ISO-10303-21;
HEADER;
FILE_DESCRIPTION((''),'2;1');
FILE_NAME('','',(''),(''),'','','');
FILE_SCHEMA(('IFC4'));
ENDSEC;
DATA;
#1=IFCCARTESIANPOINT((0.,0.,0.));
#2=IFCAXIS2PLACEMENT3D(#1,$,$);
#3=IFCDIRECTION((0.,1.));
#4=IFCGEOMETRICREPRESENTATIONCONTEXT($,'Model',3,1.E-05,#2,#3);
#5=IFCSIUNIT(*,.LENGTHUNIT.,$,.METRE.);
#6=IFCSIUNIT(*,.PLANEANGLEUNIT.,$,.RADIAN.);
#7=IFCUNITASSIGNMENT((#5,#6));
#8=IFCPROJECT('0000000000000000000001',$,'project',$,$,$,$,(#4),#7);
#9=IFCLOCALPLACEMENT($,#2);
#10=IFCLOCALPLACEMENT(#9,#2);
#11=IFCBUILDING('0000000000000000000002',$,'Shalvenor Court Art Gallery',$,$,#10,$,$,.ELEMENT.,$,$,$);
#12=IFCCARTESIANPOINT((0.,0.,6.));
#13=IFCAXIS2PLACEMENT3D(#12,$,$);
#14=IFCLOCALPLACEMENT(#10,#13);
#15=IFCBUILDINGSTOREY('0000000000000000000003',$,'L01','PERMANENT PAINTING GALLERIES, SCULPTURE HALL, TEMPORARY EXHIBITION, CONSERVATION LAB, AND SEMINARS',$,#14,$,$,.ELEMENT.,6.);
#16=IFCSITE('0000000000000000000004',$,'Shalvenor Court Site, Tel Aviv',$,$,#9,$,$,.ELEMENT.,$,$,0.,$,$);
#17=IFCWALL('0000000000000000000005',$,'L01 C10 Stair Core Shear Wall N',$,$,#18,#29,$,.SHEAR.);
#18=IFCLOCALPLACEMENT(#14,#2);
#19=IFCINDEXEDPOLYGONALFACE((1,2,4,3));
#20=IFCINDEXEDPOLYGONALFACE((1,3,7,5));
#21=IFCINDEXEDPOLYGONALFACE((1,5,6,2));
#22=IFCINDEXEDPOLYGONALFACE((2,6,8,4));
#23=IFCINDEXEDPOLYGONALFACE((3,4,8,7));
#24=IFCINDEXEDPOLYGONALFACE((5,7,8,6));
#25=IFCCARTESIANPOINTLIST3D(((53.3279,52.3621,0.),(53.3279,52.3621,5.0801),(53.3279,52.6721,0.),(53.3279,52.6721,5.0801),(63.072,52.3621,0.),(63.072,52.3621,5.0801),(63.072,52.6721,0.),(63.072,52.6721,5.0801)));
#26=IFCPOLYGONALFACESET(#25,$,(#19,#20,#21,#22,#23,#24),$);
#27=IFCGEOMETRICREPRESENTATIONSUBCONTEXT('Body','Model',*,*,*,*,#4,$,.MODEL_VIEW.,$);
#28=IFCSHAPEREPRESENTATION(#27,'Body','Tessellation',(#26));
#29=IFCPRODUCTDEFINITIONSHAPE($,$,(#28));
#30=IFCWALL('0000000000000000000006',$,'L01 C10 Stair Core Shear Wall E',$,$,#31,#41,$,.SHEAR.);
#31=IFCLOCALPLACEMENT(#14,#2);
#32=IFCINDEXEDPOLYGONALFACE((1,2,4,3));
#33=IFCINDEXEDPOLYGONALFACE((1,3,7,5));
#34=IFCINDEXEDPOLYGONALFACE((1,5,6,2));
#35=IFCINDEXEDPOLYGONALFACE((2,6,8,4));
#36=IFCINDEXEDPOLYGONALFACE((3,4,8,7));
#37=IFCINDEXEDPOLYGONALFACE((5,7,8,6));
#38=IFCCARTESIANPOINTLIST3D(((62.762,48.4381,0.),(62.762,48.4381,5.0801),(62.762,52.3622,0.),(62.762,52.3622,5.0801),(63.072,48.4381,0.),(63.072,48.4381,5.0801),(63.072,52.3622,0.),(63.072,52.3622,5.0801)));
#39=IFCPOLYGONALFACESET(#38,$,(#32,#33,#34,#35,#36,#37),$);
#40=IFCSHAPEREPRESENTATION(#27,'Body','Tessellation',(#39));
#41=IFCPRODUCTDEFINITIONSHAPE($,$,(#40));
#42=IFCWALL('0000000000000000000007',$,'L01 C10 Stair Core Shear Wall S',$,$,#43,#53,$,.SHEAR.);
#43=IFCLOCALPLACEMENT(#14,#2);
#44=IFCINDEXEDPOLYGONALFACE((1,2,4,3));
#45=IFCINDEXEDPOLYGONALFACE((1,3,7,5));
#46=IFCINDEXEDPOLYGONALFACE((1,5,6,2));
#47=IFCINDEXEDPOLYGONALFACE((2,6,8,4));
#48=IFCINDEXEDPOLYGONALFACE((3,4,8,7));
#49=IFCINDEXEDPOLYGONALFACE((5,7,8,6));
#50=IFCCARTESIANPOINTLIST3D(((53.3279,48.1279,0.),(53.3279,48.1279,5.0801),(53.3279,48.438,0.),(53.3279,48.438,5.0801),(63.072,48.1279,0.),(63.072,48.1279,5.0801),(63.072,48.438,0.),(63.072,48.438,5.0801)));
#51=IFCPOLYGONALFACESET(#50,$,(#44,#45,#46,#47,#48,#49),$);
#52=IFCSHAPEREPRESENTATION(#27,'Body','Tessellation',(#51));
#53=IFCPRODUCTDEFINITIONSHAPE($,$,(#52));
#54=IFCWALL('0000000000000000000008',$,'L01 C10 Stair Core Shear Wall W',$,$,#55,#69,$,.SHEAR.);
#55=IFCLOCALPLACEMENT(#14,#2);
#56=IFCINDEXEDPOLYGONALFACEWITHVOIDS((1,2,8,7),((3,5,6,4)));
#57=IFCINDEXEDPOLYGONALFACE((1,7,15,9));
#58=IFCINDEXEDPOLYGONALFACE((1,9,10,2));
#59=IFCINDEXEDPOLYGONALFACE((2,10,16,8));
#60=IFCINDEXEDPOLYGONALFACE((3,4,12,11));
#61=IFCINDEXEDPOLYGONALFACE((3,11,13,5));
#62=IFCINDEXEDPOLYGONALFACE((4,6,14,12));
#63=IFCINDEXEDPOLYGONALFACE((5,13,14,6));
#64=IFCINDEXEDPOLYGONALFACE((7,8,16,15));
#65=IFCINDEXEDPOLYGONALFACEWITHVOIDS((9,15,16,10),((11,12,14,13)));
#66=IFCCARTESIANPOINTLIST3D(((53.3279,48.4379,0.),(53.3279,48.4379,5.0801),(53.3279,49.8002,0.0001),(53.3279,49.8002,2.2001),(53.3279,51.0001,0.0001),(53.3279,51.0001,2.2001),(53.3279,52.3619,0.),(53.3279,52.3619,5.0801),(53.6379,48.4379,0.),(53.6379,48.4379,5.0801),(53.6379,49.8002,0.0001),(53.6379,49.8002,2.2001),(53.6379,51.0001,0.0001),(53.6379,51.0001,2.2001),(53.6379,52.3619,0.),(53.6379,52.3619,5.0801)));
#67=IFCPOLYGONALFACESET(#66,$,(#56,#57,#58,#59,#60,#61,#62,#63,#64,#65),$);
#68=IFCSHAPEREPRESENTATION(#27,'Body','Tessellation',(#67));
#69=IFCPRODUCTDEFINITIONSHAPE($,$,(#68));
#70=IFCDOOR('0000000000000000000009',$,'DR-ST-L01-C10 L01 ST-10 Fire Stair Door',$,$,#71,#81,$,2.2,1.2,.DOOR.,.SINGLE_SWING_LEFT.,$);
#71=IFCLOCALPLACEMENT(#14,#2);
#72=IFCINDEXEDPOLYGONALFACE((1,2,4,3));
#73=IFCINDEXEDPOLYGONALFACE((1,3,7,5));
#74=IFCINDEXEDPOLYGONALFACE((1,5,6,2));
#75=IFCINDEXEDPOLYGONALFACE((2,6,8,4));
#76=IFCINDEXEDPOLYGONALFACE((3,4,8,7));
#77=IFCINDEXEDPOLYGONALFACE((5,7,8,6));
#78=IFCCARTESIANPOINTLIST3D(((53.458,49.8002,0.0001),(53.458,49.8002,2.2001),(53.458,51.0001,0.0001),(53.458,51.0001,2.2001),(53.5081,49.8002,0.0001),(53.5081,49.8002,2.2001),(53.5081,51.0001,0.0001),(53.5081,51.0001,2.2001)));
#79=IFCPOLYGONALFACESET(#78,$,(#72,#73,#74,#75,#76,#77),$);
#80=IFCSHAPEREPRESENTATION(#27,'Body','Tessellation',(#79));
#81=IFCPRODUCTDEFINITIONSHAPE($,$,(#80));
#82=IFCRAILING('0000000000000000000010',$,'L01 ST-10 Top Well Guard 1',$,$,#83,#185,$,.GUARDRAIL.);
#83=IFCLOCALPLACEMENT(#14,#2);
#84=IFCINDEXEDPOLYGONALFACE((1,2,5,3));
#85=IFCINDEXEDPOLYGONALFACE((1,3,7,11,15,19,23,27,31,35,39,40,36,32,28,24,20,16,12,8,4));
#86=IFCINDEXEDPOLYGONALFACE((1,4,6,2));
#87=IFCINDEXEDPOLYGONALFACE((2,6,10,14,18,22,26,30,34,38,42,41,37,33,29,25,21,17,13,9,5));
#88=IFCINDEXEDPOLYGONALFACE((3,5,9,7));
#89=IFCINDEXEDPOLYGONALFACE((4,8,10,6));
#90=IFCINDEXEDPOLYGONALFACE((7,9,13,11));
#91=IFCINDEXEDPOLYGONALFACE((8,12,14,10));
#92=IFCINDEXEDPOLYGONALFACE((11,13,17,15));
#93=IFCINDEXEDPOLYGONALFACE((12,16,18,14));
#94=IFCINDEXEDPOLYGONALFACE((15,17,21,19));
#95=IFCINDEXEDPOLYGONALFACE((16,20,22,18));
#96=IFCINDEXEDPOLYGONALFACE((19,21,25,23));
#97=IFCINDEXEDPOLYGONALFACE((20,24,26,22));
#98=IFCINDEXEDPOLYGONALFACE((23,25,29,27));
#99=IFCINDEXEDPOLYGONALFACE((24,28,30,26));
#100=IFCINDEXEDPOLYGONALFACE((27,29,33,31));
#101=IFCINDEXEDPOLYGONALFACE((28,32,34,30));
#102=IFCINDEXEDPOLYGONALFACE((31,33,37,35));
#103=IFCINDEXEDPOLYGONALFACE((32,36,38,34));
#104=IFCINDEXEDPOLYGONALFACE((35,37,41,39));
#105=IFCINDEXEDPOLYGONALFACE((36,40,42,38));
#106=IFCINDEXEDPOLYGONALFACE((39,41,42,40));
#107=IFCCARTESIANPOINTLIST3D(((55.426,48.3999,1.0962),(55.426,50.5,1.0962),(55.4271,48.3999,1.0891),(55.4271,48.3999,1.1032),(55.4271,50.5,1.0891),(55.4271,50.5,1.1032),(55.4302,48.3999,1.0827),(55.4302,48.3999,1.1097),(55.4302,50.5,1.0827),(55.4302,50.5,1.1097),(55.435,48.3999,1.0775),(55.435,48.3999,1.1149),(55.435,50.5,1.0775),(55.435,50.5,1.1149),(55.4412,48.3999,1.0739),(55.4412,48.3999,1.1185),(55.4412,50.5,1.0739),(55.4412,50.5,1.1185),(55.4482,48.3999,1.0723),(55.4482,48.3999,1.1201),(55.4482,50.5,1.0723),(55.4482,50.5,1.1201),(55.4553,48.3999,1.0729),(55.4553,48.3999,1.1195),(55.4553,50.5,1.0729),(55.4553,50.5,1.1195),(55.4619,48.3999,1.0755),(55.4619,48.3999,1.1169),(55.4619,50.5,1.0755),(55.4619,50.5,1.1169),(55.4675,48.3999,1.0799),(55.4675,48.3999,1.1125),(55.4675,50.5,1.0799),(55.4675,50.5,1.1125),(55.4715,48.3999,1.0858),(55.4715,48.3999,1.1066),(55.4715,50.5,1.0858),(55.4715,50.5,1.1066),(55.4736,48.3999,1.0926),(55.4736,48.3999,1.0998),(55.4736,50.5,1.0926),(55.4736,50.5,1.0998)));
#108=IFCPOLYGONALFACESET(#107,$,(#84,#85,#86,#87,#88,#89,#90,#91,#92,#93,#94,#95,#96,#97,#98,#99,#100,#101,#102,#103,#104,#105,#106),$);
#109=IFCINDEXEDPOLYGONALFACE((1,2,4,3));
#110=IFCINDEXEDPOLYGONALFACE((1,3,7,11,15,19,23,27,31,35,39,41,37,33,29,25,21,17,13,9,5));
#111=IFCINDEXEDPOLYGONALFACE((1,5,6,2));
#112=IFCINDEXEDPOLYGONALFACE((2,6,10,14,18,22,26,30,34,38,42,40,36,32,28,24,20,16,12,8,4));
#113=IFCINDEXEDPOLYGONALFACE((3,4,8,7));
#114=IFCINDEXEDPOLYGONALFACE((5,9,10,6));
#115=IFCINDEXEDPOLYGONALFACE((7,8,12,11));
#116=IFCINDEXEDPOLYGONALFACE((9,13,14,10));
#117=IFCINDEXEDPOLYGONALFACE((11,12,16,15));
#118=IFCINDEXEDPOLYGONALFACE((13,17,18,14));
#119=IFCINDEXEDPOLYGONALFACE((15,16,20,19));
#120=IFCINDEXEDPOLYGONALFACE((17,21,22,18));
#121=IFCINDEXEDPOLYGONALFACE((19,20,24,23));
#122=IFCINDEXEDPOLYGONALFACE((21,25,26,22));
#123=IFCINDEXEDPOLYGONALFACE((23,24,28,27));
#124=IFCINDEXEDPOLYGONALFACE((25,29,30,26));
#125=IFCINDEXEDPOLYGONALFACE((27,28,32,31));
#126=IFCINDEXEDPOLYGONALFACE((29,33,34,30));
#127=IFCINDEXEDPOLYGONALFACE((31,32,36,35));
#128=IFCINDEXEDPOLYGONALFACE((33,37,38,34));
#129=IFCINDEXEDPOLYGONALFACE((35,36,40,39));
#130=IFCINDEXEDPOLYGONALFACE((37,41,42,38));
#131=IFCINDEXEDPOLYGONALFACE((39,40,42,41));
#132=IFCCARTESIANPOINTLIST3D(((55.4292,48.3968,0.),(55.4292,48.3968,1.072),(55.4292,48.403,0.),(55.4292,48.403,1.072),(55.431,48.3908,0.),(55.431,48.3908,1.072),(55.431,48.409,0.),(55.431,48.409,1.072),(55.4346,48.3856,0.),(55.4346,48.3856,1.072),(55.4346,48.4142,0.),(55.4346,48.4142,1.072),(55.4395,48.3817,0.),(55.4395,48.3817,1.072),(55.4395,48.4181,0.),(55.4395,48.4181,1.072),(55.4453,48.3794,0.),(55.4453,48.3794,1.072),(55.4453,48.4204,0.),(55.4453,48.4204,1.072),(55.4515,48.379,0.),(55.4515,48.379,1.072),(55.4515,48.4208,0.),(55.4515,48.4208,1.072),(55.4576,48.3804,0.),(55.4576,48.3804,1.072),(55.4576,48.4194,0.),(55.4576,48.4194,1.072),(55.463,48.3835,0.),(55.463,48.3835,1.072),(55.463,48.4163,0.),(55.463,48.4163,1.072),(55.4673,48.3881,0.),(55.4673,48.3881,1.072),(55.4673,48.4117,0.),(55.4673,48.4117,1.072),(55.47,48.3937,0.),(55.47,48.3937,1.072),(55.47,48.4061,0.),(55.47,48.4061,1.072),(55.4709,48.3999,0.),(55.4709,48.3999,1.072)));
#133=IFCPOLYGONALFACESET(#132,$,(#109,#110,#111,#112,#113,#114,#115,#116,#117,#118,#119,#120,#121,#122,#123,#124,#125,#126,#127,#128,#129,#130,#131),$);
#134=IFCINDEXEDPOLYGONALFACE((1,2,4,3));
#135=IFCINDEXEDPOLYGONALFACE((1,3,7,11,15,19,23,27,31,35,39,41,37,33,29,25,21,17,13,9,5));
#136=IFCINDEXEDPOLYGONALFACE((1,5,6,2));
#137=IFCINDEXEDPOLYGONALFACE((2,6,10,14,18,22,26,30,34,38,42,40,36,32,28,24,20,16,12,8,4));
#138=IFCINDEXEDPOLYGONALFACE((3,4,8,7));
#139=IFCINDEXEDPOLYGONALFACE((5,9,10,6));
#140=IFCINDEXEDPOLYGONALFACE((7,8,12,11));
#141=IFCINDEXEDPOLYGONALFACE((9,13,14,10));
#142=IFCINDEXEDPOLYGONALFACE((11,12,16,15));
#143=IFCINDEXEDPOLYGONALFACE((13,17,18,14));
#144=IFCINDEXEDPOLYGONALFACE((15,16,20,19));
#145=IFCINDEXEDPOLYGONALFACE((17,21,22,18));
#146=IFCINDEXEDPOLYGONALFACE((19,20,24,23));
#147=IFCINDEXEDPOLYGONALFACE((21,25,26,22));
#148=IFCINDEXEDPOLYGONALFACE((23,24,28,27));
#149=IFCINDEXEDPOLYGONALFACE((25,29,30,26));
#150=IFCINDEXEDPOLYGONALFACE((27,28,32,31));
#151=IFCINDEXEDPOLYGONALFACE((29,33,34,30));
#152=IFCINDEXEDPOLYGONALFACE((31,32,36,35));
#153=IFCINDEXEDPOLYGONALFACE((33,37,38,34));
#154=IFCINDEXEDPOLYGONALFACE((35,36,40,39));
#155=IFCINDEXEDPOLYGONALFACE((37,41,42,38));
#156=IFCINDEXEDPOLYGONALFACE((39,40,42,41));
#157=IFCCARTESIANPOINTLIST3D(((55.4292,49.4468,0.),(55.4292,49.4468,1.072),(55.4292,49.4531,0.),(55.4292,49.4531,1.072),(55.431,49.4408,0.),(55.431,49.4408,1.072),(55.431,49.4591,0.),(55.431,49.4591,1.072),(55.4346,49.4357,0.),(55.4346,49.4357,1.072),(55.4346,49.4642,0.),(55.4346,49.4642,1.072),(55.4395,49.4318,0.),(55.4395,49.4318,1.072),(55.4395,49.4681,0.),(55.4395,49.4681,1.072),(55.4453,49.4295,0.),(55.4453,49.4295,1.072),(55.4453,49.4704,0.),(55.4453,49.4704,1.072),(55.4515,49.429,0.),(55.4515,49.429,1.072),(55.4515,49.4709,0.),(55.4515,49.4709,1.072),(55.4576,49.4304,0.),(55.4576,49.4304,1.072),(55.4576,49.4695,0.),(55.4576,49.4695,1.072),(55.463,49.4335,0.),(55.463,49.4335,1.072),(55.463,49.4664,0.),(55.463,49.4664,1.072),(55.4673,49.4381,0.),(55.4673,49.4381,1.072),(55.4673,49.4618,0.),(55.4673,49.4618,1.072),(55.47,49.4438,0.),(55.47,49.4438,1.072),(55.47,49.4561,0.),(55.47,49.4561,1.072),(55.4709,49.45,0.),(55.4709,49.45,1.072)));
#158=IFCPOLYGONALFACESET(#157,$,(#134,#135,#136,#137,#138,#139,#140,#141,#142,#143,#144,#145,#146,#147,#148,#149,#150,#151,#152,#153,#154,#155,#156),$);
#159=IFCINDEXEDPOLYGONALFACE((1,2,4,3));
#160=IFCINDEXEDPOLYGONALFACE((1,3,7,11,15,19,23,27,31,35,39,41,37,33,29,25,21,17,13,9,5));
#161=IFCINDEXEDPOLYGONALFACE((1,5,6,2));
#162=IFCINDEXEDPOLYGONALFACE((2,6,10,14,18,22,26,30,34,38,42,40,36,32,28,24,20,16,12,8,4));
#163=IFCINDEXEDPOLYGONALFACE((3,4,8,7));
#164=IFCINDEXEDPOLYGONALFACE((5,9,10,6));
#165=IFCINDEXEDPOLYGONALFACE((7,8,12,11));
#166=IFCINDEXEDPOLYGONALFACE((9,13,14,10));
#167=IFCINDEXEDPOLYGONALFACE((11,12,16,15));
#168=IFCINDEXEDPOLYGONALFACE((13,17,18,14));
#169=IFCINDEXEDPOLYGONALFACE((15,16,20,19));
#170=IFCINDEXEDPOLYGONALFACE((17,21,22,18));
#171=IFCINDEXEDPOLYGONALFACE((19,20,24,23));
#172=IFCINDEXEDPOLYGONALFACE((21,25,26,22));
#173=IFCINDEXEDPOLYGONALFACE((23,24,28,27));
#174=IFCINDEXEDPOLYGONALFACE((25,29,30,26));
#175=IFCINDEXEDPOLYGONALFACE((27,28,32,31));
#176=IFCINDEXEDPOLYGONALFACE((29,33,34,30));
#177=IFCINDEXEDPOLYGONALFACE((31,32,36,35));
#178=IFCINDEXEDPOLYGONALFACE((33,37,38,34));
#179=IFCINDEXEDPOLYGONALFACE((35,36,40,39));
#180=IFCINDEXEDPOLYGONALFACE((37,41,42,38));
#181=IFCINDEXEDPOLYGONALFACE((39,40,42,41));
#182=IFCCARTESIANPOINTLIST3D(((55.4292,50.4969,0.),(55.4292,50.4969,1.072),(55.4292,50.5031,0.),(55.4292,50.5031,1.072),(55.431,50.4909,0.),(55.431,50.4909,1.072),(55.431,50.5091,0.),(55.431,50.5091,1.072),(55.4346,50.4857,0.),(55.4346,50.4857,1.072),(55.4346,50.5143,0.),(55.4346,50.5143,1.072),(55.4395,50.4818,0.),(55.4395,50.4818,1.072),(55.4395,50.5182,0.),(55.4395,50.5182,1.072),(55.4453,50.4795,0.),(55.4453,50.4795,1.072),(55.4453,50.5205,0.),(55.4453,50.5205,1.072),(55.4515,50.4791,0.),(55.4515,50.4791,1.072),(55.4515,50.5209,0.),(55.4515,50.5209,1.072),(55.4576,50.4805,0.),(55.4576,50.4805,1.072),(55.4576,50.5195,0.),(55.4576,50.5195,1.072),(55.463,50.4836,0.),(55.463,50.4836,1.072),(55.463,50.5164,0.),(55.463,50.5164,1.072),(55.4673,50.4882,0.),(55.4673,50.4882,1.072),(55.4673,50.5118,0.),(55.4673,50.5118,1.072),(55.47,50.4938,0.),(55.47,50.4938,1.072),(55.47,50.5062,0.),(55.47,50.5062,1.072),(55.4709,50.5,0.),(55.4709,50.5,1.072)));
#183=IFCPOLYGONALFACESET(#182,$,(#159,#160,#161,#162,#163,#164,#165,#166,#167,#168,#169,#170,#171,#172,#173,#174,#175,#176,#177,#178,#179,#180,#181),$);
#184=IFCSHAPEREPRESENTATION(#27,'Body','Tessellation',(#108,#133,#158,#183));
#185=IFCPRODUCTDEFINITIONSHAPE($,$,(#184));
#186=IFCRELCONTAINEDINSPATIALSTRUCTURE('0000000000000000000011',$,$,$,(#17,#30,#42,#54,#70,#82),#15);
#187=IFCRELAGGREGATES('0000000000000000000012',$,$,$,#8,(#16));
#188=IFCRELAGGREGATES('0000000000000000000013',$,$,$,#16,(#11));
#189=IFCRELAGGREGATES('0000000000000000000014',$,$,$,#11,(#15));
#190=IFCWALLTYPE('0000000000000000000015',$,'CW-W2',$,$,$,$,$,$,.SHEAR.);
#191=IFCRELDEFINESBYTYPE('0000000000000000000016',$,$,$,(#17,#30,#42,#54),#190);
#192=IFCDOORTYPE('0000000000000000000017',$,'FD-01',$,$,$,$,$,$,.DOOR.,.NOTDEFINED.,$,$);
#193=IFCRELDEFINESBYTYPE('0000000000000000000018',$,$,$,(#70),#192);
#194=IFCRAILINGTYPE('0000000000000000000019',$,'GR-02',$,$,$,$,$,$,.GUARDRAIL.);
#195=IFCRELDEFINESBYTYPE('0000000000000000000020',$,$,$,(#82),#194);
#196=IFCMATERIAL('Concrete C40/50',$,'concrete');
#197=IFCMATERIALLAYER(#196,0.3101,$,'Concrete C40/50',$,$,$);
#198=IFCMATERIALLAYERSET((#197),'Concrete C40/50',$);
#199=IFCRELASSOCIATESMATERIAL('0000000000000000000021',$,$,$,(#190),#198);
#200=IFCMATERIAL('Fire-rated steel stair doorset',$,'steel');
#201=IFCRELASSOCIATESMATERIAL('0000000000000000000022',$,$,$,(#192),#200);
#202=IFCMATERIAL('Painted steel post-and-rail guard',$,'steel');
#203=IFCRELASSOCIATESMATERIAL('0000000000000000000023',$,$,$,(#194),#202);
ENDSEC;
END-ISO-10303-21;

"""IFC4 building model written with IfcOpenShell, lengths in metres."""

from ifc_helpers import new_model, si_unit, direction, frame, frame_2d, origin, origin_2d, place, context, subcontext, project, spatial, rectangle, circle, extrude, material, layer, layer_set, type_object, element, fill, save


model = new_model("IFC4")

# Units and contexts
model_context = context("Model", 3, precision=1e-05, world=origin(), true_north=direction((0.0, 1.0)))
body_context = subcontext(model_context, "Body", "Model", "MODEL_VIEW")
ifc_project = project(units=[si_unit("LENGTHUNIT", "METRE"), si_unit("PLANEANGLEUNIT", "RADIAN")], contexts=[model_context])

# Site, building, storey
site_placement = place(None, origin())
site = spatial("IfcSite", under=ifc_project, at=site_placement, Name="Shalvenor Court Site, Tel Aviv", CompositionType="ELEMENT", RefElevation=0.0)
building_placement = place(site_placement, origin())
building = spatial("IfcBuilding", under=site, at=building_placement, Name="Shalvenor Court Art Gallery", CompositionType="ELEMENT")
storey_placement = place(building_placement, frame((0.0, 0.0, 6.0)))
storey = spatial("IfcBuildingStorey", under=building, at=storey_placement, Name="L01", Description="PERMANENT PAINTING GALLERIES, SCULPTURE HALL, TEMPORARY EXHIBITION, CONSERVATION LAB, AND SEMINARS", CompositionType="ELEMENT", Elevation=6.0)

# Walls
ifc_material_1 = material(Name="Concrete C40/50", Category="concrete")
ifc_layer_1 = layer(ifc_material_1, 0.3101, Name="Concrete C40/50")
ifc_layer_set_1 = layer_set([ifc_layer_1], Name="Concrete C40/50")
wall_type = type_object("IfcWallType", Name="CW-W2", PredefinedType="SHEAR", material=ifc_layer_set_1)
wall_1_placement = place(storey_placement, frame((53.3279, 52.5171, 0.0), z_axis=(0.0, 0.0, 1.0), x_axis=(1.0, 0.0, 0.0)))
element("IfcWall", 1, at=wall_1_placement, inside=storey, type_object=wall_type, Name="L01 C10 Stair Core Shear Wall N", PredefinedType="SHEAR", context=body_context, shape_type="SweptSolid", body=[
    extrude(rectangle(XDim=9.7441, YDim=0.3101, at=frame_2d((4.8721, 0.0))), origin(), (0.0, 0.0, 1.0), 5.0801),
])
wall_2_placement = place(storey_placement, frame((62.917, 52.3621, 0.0), z_axis=(0.0, 0.0, 1.0), x_axis=(0.0, -1.0, 0.0)))
element("IfcWall", 2, at=wall_2_placement, inside=storey, type_object=wall_type, Name="L01 C10 Stair Core Shear Wall E", PredefinedType="SHEAR", context=body_context, shape_type="SweptSolid", body=[
    extrude(rectangle(XDim=3.9241, YDim=0.3101, at=frame_2d((1.9619, 0.0))), origin(), (0.0, 0.0, 1.0), 5.0801),
])
wall_3_placement = place(storey_placement, frame((63.072, 48.283, 0.0), z_axis=(0.0, 0.0, 1.0), x_axis=(-1.0, 0.0, 0.0)))
element("IfcWall", 3, at=wall_3_placement, inside=storey, type_object=wall_type, Name="L01 C10 Stair Core Shear Wall S", PredefinedType="SHEAR", context=body_context, shape_type="SweptSolid", body=[
    extrude(rectangle(XDim=9.7441, YDim=0.3101, at=frame_2d((4.8721, 0.0))), origin(), (0.0, 0.0, 1.0), 5.0801),
])

# Wall, opening, door
wall_4_placement = place(storey_placement, frame((53.4829, 48.438, 0.0), z_axis=(0.0, 0.0, 1.0), x_axis=(0.0, 1.0, 0.0)))
wall_4 = element("IfcWall", 4, at=wall_4_placement, inside=storey, type_object=wall_type, Name="L01 C10 Stair Core Shear Wall W", PredefinedType="SHEAR", context=body_context, shape_type="SweptSolid", body=[
    extrude(rectangle(XDim=3.9241, YDim=0.3101, at=frame_2d((1.9619, 0.0))), origin(), (0.0, 0.0, 1.0), 5.0801),
])
opening_placement = place(wall_4_placement, frame((1.3621, 0.0, 0.0)))
opening = element("IfcOpeningElement", 5, at=opening_placement, cuts=wall_4, PredefinedType="OPENING", context=body_context, shape_type="SweptSolid", body=[
    extrude(rectangle(XDim=1.2, YDim=2.2, at=frame_2d((0.6001, 1.1001))), frame((0.0, 0.165, 0.0), z_axis=(0.0, -1.0, 0.0), x_axis=(1.0, 0.0, 0.0)), (0.0, 0.0, 1.0), 0.3301),
])
ifc_material_2 = material(Name="Fire-rated steel stair doorset", Category="steel")
door_type = type_object("IfcDoorType", Name="FD-01", OperationType="NOTDEFINED", PredefinedType="DOOR", material=ifc_material_2)
door_placement = place(opening_placement, origin())
door = element("IfcDoor", 6, at=door_placement, inside=storey, type_object=door_type, Name="DR-ST-L01-C10 L01 ST-10 Fire Stair Door", OperationType="SINGLE_SWING_LEFT", OverallHeight=2.2, OverallWidth=1.2, PredefinedType="DOOR", context=body_context, shape_type="SweptSolid", body=[
    extrude(rectangle(XDim=1.2, YDim=2.2, at=frame_2d((0.6001, 1.1001))), frame((0.0, 0.0249, 0.0), z_axis=(0.0, -1.0, 0.0), x_axis=(1.0, 0.0, 0.0)), (0.0, 0.0, 1.0), 0.05),
])
fill(opening, door)

# Railing
ifc_material_3 = material(Name="Painted steel post-and-rail guard", Category="steel")
railing_type = type_object("IfcRailingType", Name="GR-02", PredefinedType="GUARDRAIL", material=ifc_material_3)
railing_placement = place(storey_placement, frame((55.45, 48.3999, 0.0)))
element("IfcRailing", 7, at=railing_placement, inside=storey, type_object=railing_type, Name="L01 ST-10 Top Well Guard 1", PredefinedType="GUARDRAIL", context=body_context, shape_type="SweptSolid", body=[
    extrude(circle(Radius=0.0239, at=origin_2d()), frame((0.0, 0.0, 1.0962), z_axis=(0.0, 1.0, 0.0), x_axis=(-1.0, 0.0, 0.0)), (0.0, 0.0, 1.0), 2.1001),
    extrude(circle(Radius=0.021, at=origin_2d()), origin(), (0.0, 0.0, 1.0), 1.072),
    extrude(circle(Radius=0.021, at=origin_2d()), frame((0.0, 1.05, 0.0)), (0.0, 0.0, 1.0), 1.072),
    extrude(circle(Radius=0.021, at=origin_2d()), frame((0.0, 2.1001, 0.0)), (0.0, 0.0, 1.0), 1.072),
])

save(model, "model.ifc")
